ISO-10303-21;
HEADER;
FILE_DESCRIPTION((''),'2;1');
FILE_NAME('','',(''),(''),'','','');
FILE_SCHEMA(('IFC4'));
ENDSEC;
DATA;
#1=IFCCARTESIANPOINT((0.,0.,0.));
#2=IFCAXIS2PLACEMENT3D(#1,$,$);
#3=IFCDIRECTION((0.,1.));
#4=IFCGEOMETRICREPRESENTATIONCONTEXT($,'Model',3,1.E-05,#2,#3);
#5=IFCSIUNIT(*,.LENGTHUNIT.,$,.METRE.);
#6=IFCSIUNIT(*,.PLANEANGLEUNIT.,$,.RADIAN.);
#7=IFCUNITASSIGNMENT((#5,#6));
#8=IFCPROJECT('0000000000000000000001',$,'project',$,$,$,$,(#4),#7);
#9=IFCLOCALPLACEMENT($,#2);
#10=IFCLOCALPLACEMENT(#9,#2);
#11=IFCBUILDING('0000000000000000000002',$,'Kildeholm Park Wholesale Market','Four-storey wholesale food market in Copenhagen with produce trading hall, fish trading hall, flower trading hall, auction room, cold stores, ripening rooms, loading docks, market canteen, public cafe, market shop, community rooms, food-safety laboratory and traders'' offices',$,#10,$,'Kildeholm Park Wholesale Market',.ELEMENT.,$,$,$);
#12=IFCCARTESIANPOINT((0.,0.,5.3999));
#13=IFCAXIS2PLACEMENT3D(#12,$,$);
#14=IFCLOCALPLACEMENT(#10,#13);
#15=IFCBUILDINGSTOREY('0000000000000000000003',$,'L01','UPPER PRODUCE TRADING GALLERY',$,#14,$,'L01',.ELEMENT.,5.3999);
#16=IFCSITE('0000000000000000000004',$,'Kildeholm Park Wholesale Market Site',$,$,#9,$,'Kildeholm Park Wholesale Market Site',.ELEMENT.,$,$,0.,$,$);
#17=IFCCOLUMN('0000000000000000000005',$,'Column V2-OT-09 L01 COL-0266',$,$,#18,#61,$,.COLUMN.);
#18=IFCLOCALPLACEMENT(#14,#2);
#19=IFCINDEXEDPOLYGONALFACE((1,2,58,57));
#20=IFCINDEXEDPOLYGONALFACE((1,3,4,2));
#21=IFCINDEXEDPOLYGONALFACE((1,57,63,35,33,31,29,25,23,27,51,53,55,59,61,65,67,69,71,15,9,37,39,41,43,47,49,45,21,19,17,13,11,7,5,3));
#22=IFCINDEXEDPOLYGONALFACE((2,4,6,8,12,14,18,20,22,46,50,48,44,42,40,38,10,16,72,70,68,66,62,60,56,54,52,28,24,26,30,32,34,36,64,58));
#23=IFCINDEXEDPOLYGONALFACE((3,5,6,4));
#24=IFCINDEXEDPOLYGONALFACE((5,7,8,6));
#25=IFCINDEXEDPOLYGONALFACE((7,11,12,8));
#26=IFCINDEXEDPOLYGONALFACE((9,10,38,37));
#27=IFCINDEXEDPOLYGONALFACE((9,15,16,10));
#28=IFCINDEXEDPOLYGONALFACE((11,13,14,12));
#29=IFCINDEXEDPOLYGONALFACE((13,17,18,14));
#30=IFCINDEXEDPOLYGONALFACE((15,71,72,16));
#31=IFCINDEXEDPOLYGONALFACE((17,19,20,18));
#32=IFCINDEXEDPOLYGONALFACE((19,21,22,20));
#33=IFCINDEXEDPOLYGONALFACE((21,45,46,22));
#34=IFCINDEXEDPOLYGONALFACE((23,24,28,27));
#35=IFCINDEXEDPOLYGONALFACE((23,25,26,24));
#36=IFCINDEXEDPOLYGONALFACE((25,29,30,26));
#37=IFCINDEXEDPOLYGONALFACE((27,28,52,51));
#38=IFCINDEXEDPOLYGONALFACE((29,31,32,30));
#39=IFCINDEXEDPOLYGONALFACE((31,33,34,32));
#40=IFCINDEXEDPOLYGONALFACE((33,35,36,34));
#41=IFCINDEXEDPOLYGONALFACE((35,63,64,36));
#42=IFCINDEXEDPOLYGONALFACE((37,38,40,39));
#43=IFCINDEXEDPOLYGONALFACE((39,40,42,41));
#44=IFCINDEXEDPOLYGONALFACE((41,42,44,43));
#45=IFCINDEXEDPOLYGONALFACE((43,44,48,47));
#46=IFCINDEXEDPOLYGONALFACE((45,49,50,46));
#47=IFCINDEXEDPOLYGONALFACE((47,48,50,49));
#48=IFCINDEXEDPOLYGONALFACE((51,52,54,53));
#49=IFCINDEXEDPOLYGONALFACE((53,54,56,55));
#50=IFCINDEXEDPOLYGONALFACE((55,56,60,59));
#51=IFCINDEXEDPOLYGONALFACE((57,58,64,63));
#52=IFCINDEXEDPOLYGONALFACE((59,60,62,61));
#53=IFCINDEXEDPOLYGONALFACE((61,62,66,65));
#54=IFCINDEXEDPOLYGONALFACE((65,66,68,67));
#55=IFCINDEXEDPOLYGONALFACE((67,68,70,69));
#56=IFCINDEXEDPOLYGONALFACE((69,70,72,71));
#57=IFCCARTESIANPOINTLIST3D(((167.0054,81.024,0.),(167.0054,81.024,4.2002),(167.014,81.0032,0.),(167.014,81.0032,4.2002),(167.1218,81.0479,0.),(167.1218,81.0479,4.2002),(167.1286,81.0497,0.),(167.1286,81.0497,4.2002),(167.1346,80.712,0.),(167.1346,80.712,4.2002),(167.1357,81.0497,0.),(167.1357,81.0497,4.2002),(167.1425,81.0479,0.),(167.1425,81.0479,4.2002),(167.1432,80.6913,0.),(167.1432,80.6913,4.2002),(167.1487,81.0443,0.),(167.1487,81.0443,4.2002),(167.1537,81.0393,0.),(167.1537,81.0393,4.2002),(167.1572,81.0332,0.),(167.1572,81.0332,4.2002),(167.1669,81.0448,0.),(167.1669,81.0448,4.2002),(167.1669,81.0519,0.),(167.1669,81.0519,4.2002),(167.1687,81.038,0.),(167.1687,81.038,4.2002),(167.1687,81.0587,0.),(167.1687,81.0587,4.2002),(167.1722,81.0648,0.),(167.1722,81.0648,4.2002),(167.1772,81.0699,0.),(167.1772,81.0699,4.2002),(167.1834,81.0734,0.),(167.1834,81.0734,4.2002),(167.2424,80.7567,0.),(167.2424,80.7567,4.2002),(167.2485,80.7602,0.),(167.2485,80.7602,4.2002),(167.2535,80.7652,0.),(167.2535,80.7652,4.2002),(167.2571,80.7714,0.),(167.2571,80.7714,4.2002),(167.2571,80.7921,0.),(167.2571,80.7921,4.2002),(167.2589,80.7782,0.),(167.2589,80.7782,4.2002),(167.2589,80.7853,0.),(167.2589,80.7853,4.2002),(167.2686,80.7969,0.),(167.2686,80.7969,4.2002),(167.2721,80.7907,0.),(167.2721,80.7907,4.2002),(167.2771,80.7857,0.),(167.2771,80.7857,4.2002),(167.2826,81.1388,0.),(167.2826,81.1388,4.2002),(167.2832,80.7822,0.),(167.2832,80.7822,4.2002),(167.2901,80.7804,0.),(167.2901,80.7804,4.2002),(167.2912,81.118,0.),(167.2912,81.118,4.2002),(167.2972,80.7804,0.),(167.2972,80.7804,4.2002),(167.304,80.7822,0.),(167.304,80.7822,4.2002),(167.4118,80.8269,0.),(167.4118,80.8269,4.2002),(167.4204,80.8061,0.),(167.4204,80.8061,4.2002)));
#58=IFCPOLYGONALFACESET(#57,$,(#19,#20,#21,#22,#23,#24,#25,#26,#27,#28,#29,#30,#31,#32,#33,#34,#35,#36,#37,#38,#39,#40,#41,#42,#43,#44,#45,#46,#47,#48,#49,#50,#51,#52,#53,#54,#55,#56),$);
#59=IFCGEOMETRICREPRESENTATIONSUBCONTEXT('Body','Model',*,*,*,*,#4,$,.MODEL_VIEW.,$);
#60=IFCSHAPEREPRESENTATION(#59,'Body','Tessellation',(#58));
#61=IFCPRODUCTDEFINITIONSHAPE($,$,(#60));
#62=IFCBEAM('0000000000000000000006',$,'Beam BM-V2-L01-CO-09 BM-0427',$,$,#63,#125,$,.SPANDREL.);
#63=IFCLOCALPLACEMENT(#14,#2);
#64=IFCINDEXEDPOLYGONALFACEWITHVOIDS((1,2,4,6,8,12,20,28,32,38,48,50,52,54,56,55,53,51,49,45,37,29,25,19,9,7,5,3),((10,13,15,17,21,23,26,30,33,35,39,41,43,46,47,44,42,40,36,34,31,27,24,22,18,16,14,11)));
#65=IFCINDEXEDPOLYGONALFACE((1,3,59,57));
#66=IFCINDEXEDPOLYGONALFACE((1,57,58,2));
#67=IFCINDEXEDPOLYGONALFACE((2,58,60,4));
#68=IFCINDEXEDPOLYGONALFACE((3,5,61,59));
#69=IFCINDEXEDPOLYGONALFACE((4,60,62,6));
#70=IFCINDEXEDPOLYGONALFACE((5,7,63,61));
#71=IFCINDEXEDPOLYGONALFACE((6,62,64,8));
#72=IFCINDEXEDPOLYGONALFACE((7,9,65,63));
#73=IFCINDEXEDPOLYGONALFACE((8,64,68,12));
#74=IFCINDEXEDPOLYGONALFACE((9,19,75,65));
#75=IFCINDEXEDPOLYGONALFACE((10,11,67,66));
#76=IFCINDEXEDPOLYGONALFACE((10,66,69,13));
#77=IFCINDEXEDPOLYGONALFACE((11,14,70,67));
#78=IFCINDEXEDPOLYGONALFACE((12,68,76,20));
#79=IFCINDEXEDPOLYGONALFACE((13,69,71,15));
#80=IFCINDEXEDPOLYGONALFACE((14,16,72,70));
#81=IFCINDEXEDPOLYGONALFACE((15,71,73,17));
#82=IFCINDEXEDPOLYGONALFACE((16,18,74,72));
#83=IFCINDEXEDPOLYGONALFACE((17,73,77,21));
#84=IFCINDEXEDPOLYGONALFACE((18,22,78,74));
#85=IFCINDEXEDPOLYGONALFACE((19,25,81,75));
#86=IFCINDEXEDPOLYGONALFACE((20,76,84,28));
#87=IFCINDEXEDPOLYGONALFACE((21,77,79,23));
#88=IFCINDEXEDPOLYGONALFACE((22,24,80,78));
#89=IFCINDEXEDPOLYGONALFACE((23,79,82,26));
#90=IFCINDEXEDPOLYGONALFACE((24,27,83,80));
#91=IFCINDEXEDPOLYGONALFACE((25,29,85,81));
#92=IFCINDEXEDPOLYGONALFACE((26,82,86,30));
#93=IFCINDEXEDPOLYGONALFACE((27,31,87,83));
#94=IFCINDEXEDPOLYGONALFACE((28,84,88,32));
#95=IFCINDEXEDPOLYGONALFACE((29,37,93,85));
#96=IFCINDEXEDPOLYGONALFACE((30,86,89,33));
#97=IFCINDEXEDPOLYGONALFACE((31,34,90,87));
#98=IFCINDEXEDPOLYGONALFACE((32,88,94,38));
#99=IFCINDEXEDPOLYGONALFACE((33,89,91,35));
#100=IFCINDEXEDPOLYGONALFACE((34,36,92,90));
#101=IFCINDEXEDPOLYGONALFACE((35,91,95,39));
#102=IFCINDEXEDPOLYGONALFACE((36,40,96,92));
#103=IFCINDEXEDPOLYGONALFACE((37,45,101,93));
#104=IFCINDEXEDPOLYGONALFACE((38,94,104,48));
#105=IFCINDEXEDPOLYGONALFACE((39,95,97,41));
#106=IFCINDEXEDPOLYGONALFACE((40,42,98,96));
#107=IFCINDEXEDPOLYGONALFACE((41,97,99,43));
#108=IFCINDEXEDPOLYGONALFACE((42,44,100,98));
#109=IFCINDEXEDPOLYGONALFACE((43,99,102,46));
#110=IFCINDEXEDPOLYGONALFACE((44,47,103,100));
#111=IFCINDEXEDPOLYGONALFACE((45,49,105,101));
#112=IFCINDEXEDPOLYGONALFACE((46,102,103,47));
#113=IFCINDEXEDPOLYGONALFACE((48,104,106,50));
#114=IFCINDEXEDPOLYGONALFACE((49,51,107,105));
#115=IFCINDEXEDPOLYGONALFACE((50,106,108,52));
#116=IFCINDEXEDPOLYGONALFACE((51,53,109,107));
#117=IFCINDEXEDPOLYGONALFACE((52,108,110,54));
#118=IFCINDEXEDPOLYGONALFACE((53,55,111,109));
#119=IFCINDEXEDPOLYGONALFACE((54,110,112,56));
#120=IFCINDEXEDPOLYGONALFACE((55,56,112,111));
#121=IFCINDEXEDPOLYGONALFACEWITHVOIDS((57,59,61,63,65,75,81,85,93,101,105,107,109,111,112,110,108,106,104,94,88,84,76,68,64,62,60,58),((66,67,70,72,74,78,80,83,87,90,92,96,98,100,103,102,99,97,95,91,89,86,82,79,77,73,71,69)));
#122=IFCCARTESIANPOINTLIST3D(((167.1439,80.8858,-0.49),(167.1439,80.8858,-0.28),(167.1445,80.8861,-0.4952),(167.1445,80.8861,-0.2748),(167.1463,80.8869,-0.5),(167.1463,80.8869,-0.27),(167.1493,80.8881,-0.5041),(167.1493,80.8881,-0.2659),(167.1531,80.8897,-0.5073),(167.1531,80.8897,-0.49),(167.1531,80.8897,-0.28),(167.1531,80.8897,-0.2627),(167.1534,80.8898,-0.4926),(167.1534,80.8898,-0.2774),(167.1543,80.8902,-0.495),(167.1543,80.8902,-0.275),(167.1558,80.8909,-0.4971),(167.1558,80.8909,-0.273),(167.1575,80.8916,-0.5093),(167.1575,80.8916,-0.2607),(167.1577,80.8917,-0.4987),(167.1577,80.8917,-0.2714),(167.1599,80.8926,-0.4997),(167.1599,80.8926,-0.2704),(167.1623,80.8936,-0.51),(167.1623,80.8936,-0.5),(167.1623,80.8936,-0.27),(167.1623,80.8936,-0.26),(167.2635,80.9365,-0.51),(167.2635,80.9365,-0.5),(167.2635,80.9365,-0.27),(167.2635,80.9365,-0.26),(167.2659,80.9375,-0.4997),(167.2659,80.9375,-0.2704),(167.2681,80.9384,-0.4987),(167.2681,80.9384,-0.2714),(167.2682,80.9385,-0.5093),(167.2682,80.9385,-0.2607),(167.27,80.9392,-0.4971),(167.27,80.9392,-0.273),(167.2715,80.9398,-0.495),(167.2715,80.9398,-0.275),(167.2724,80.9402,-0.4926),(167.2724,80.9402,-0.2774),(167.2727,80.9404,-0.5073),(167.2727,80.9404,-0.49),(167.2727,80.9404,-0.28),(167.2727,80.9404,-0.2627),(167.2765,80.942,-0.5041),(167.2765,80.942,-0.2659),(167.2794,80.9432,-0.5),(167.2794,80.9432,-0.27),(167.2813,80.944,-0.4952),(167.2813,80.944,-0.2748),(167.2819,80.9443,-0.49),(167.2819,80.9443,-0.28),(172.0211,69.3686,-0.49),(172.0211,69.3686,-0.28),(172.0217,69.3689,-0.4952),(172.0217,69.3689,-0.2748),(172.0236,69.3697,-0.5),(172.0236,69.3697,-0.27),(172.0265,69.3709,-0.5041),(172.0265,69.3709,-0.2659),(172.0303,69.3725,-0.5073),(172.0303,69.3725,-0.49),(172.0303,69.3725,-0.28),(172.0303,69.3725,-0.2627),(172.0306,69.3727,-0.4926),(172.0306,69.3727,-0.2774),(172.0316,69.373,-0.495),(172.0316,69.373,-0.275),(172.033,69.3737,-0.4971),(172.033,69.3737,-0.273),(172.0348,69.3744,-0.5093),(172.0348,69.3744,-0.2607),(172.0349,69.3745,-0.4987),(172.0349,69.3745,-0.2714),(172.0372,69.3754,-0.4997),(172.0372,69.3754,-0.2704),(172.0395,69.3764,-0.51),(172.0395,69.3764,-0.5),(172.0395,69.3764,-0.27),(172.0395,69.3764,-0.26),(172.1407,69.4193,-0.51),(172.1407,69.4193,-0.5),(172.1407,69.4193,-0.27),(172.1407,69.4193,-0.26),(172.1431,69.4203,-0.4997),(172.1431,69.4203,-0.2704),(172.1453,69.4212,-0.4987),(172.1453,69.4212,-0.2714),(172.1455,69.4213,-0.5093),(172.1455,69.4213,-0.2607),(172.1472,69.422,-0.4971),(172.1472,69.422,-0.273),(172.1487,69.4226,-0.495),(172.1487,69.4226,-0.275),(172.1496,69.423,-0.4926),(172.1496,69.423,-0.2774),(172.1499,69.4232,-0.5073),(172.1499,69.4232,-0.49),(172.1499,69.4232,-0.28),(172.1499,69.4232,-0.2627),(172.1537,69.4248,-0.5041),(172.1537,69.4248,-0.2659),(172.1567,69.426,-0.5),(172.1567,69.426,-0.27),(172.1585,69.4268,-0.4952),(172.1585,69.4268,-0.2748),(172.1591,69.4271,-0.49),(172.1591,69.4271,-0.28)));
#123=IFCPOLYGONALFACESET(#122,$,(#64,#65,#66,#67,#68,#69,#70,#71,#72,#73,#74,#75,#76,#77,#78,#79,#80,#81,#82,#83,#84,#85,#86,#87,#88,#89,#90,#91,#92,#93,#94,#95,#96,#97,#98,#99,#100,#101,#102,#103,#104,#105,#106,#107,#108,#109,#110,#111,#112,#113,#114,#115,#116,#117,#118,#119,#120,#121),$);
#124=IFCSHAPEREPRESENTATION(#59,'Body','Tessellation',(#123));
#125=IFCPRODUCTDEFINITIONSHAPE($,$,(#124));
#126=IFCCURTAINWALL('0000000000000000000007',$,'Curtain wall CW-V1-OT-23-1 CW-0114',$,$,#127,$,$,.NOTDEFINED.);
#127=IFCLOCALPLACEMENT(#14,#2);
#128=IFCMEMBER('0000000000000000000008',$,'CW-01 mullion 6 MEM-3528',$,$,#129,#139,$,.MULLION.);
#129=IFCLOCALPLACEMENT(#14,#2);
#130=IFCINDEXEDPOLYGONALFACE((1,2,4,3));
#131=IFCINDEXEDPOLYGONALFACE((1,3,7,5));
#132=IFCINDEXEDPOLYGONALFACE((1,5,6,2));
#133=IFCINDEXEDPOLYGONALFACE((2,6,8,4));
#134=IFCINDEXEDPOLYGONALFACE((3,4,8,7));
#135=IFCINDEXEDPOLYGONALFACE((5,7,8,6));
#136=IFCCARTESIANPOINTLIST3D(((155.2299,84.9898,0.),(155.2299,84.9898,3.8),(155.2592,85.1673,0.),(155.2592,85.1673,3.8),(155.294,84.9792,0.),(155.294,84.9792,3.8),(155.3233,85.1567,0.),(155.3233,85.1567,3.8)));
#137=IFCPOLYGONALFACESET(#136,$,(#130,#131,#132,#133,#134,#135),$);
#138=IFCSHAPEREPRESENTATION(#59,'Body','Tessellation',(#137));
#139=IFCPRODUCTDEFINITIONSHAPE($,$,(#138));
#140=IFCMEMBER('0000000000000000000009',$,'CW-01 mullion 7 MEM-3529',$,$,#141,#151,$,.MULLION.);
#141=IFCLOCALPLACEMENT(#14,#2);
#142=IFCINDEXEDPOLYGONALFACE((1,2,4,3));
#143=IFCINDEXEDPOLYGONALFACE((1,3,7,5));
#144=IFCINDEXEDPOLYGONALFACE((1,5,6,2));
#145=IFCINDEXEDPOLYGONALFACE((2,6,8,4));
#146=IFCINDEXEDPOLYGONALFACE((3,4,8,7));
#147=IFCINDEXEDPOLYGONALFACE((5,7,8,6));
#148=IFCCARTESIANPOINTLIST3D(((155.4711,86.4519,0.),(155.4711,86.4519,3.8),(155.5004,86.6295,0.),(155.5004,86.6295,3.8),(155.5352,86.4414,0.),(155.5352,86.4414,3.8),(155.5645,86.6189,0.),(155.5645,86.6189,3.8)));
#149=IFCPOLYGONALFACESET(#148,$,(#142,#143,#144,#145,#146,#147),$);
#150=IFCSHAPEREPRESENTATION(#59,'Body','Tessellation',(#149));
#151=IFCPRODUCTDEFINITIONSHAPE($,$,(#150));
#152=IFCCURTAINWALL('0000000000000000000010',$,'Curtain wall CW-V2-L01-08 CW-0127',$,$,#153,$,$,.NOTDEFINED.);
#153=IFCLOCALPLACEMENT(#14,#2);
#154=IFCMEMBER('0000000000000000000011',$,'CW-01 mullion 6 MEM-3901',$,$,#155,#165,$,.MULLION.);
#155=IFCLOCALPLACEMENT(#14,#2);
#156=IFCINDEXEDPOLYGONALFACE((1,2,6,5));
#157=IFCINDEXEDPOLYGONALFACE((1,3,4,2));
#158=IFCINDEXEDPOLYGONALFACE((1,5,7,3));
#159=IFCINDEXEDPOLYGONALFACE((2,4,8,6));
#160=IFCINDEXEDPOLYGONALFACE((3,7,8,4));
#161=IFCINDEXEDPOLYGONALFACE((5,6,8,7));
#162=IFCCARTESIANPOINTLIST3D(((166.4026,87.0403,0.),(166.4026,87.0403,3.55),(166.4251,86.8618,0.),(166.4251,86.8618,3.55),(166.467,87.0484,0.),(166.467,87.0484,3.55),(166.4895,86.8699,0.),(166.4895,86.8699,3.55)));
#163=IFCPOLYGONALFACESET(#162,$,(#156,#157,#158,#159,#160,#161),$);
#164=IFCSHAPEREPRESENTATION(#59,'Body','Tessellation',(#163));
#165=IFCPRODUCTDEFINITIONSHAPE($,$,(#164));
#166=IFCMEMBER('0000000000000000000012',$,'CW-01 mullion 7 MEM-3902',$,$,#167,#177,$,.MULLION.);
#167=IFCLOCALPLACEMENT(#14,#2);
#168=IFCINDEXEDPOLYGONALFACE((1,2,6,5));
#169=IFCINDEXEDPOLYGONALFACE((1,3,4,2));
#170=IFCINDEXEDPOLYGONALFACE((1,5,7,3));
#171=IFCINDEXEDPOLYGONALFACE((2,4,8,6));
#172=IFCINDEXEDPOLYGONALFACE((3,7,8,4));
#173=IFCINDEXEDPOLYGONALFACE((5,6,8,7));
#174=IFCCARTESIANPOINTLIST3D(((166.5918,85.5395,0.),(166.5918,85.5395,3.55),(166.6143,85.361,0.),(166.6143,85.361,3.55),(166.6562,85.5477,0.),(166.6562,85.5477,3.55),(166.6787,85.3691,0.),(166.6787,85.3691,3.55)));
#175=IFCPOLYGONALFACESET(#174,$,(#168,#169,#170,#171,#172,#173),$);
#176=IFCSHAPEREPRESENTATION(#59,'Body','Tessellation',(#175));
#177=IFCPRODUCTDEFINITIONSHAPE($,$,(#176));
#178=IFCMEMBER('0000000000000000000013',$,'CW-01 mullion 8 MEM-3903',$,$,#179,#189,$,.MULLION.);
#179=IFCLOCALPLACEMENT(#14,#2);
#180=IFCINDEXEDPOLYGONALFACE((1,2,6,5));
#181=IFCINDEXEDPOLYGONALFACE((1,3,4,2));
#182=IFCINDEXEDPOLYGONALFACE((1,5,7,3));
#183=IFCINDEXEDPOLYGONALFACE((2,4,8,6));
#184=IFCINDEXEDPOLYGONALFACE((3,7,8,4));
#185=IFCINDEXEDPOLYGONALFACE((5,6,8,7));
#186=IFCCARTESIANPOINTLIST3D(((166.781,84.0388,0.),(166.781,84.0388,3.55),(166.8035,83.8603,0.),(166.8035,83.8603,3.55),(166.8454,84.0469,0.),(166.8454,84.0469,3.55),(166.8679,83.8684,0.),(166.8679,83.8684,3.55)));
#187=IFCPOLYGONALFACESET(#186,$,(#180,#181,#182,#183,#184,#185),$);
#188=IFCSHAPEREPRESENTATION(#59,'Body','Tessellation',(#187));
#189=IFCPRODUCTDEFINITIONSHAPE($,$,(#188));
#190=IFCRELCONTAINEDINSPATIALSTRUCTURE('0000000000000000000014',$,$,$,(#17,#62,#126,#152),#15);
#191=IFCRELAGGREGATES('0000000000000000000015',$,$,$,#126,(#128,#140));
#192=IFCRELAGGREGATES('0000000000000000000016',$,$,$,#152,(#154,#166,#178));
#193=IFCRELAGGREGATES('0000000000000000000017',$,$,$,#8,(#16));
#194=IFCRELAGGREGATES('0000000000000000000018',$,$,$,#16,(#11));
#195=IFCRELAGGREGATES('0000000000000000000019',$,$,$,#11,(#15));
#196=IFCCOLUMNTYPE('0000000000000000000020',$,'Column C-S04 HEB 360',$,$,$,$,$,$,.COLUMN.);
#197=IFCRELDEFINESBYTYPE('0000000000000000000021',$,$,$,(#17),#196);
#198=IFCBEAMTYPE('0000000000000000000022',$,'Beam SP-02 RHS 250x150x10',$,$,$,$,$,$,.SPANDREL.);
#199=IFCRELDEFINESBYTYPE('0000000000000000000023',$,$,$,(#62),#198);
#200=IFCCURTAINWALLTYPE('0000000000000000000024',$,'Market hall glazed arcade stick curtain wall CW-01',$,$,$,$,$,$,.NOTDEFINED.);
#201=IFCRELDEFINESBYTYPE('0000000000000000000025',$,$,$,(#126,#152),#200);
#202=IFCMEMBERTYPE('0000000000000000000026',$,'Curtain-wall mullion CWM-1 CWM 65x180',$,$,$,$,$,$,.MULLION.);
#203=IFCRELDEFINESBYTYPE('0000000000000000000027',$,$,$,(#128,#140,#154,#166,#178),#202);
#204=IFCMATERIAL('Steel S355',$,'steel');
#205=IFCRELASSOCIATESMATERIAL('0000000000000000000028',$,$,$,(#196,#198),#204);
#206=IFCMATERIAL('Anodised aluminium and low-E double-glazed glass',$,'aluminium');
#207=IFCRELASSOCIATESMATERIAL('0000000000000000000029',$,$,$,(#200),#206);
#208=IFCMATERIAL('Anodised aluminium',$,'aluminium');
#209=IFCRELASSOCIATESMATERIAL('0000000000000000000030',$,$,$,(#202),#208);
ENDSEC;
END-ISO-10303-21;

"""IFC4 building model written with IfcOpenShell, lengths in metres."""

from ifc_helpers import new_model, si_unit, direction, frame, origin, origin_2d, place, context, subcontext, project, spatial, rectangle, hollow_rectangle, i_section, extrude, material, material_profile, profile_set, type_object, element, aggregate, save


model = new_model("IFC4")

# Units and contexts
model_context = context("Model", 3, precision=1e-05, world=origin(), true_north=direction((0.0, 1.0)))
body_context = subcontext(model_context, "Body", "Model", "MODEL_VIEW")
ifc_project = project(units=[si_unit("LENGTHUNIT", "METRE"), si_unit("PLANEANGLEUNIT", "RADIAN")], contexts=[model_context])

# Site, building, storey
site_placement = place(None, origin())
site = spatial("IfcSite", under=ifc_project, at=site_placement, Name="Kildeholm Park Wholesale Market Site", LongName="Kildeholm Park Wholesale Market Site", CompositionType="ELEMENT", RefElevation=0.0)
building_placement = place(site_placement, origin())
building = spatial("IfcBuilding", under=site, at=building_placement, Name="Kildeholm Park Wholesale Market", Description="Four-storey wholesale food market in Copenhagen with produce trading hall, fish trading hall, flower trading hall, auction room, cold stores, ripening rooms, loading docks, market canteen, public cafe, market shop, community rooms, food-safety laboratory and traders' offices", LongName="Kildeholm Park Wholesale Market", CompositionType="ELEMENT")
storey_placement = place(building_placement, frame((0.0, 0.0, 5.3999)))
storey = spatial("IfcBuildingStorey", under=building, at=storey_placement, Name="L01", Description="UPPER PRODUCE TRADING GALLERY", LongName="L01", CompositionType="ELEMENT", Elevation=5.3999)

# Column
ifc_material_1 = material(Name="Steel S355", Category="steel")
ifc_material_profile_1 = material_profile(ifc_material_1, i_section(OverallWidth=0.3, OverallDepth=0.3601, WebThickness=0.0125, FlangeThickness=0.0225, FilletRadius=0.0271, at=origin_2d()), Name="HEB 360")
ifc_profile_set_1 = profile_set([ifc_material_profile_1], Name="Steel S355")
column_type = type_object("IfcColumnType", Name="Column C-S04 HEB 360", PredefinedType="COLUMN", material=ifc_profile_set_1)
column_placement = place(storey_placement, frame((167.2129, 80.915, 0.0), z_axis=(0.0, 0.0, 1.0), x_axis=(-0.92388, -0.382683, 0.0)))
element("IfcColumn", 1, at=column_placement, inside=storey, type_object=column_type, Name="Column V2-OT-09 L01 COL-0266", PredefinedType="COLUMN", context=body_context, shape_type="SweptSolid", body=[
    extrude(i_section(OverallWidth=0.3, OverallDepth=0.3601, WebThickness=0.0125, FlangeThickness=0.0225, FilletRadius=0.0271, at=origin_2d()), origin(), (0.0, 0.0, 1.0), 4.2002),
])

# Beam
ifc_material_profile_2 = material_profile(ifc_material_1, hollow_rectangle(XDim=0.1499, YDim=0.25, WallThickness=0.01, InnerFilletRadius=0.01, OuterFilletRadius=0.02, at=origin_2d()), Name="RHS 250x150x10")
ifc_profile_set_2 = profile_set([ifc_material_profile_2], Name="Steel S355")
beam_type = type_object("IfcBeamType", Name="Beam SP-02 RHS 250x150x10", PredefinedType="SPANDREL", material=ifc_profile_set_2)
beam_placement = place(storey_placement, frame((167.2129, 80.915, -0.385), z_axis=(0.389951, -0.920836, 0.0), x_axis=(0.920836, 0.389951, 0.0)))
element("IfcBeam", 2, at=beam_placement, inside=storey, type_object=beam_type, Name="Beam BM-V2-L01-CO-09 BM-0427", PredefinedType="SPANDREL", context=body_context, shape_type="SweptSolid", body=[
    extrude(hollow_rectangle(XDim=0.1499, YDim=0.25, WallThickness=0.01, InnerFilletRadius=0.01, OuterFilletRadius=0.02, at=origin_2d()), origin(), (0.0, 0.0, 1.0), 12.5073),
])

# Curtain walls, members
ifc_material_2 = material(Name="Anodised aluminium and low-E double-glazed glass", Category="aluminium")
curtain_wall_type = type_object("IfcCurtainWallType", Name="Market hall glazed arcade stick curtain wall CW-01", PredefinedType="NOTDEFINED", material=ifc_material_2)
curtain_wall_1_placement = place(storey_placement, origin())
curtain_wall_1 = element("IfcCurtainWall", 3, at=curtain_wall_1_placement, inside=storey, type_object=curtain_wall_type, Name="Curtain wall CW-V1-OT-23-1 CW-0114", PredefinedType="NOTDEFINED")
ifc_material_3 = material(Name="Anodised aluminium", Category="aluminium")
ifc_material_profile_3 = material_profile(ifc_material_3, rectangle(XDim=0.0649, YDim=0.1799, at=origin_2d()), Name="CWM 65x180")
ifc_profile_set_3 = profile_set([ifc_material_profile_3], Name="Anodised aluminium")
member_type_1 = type_object("IfcMemberType", Name="Curtain-wall mullion CWM-1 CWM 65x180", PredefinedType="MULLION", material=ifc_profile_set_3)
member_1_placement = place(storey_placement, frame((155.2766, 85.0732, 0.0), z_axis=(0.0, 0.0, 1.0), x_axis=(-0.986675, 0.162703, 0.0)))
member_1 = element("IfcMember", 4, at=member_1_placement, type_object=member_type_1, Name="CW-01 mullion 6 MEM-3528", PredefinedType="MULLION", context=body_context, shape_type="SweptSolid", body=[
    extrude(rectangle(XDim=0.0649, YDim=0.1799, at=origin_2d()), origin(), (0.0, 0.0, 1.0), 3.8),
])
member_2_placement = place(storey_placement, frame((155.5178, 86.5354, 0.0), z_axis=(0.0, 0.0, 1.0), x_axis=(-0.986675, 0.162703, 0.0)))
member_2 = element("IfcMember", 5, at=member_2_placement, type_object=member_type_1, Name="CW-01 mullion 7 MEM-3529", PredefinedType="MULLION", context=body_context, shape_type="SweptSolid", body=[
    extrude(rectangle(XDim=0.0649, YDim=0.1799, at=origin_2d()), origin(), (0.0, 0.0, 1.0), 3.8),
])
curtain_wall_2_placement = place(storey_placement, origin())
curtain_wall_2 = element("IfcCurtainWall", 6, at=curtain_wall_2_placement, inside=storey, type_object=curtain_wall_type, Name="Curtain wall CW-V2-L01-08 CW-0127", PredefinedType="NOTDEFINED")
member_3_placement = place(storey_placement, frame((166.446, 86.9551, 0.0), z_axis=(0.0, 0.0, 1.0), x_axis=(0.992145, 0.125092, 0.0)))
member_3 = element("IfcMember", 7, at=member_3_placement, type_object=member_type_1, Name="CW-01 mullion 6 MEM-3901", PredefinedType="MULLION", context=body_context, shape_type="SweptSolid", body=[
    extrude(rectangle(XDim=0.0649, YDim=0.1799, at=origin_2d()), origin(), (0.0, 0.0, 1.0), 3.55),
])
member_4_placement = place(storey_placement, frame((166.6353, 85.4543, 0.0), z_axis=(0.0, 0.0, 1.0), x_axis=(0.992145, 0.125092, 0.0)))
member_4 = element("IfcMember", 8, at=member_4_placement, type_object=member_type_1, Name="CW-01 mullion 7 MEM-3902", PredefinedType="MULLION", context=body_context, shape_type="SweptSolid", body=[
    extrude(rectangle(XDim=0.0649, YDim=0.1799, at=origin_2d()), origin(), (0.0, 0.0, 1.0), 3.55),
])
member_5_placement = place(storey_placement, frame((166.8245, 83.9536, 0.0), z_axis=(0.0, 0.0, 1.0), x_axis=(0.992145, 0.125092, 0.0)))
member_5 = element("IfcMember", 9, at=member_5_placement, type_object=member_type_1, Name="CW-01 mullion 8 MEM-3903", PredefinedType="MULLION", context=body_context, shape_type="SweptSolid", body=[
    extrude(rectangle(XDim=0.0649, YDim=0.1799, at=origin_2d()), origin(), (0.0, 0.0, 1.0), 3.55),
])

aggregate(curtain_wall_1, [member_1, member_2])
aggregate(curtain_wall_2, [member_3, member_4, member_5])

save(model, "model.ifc")
